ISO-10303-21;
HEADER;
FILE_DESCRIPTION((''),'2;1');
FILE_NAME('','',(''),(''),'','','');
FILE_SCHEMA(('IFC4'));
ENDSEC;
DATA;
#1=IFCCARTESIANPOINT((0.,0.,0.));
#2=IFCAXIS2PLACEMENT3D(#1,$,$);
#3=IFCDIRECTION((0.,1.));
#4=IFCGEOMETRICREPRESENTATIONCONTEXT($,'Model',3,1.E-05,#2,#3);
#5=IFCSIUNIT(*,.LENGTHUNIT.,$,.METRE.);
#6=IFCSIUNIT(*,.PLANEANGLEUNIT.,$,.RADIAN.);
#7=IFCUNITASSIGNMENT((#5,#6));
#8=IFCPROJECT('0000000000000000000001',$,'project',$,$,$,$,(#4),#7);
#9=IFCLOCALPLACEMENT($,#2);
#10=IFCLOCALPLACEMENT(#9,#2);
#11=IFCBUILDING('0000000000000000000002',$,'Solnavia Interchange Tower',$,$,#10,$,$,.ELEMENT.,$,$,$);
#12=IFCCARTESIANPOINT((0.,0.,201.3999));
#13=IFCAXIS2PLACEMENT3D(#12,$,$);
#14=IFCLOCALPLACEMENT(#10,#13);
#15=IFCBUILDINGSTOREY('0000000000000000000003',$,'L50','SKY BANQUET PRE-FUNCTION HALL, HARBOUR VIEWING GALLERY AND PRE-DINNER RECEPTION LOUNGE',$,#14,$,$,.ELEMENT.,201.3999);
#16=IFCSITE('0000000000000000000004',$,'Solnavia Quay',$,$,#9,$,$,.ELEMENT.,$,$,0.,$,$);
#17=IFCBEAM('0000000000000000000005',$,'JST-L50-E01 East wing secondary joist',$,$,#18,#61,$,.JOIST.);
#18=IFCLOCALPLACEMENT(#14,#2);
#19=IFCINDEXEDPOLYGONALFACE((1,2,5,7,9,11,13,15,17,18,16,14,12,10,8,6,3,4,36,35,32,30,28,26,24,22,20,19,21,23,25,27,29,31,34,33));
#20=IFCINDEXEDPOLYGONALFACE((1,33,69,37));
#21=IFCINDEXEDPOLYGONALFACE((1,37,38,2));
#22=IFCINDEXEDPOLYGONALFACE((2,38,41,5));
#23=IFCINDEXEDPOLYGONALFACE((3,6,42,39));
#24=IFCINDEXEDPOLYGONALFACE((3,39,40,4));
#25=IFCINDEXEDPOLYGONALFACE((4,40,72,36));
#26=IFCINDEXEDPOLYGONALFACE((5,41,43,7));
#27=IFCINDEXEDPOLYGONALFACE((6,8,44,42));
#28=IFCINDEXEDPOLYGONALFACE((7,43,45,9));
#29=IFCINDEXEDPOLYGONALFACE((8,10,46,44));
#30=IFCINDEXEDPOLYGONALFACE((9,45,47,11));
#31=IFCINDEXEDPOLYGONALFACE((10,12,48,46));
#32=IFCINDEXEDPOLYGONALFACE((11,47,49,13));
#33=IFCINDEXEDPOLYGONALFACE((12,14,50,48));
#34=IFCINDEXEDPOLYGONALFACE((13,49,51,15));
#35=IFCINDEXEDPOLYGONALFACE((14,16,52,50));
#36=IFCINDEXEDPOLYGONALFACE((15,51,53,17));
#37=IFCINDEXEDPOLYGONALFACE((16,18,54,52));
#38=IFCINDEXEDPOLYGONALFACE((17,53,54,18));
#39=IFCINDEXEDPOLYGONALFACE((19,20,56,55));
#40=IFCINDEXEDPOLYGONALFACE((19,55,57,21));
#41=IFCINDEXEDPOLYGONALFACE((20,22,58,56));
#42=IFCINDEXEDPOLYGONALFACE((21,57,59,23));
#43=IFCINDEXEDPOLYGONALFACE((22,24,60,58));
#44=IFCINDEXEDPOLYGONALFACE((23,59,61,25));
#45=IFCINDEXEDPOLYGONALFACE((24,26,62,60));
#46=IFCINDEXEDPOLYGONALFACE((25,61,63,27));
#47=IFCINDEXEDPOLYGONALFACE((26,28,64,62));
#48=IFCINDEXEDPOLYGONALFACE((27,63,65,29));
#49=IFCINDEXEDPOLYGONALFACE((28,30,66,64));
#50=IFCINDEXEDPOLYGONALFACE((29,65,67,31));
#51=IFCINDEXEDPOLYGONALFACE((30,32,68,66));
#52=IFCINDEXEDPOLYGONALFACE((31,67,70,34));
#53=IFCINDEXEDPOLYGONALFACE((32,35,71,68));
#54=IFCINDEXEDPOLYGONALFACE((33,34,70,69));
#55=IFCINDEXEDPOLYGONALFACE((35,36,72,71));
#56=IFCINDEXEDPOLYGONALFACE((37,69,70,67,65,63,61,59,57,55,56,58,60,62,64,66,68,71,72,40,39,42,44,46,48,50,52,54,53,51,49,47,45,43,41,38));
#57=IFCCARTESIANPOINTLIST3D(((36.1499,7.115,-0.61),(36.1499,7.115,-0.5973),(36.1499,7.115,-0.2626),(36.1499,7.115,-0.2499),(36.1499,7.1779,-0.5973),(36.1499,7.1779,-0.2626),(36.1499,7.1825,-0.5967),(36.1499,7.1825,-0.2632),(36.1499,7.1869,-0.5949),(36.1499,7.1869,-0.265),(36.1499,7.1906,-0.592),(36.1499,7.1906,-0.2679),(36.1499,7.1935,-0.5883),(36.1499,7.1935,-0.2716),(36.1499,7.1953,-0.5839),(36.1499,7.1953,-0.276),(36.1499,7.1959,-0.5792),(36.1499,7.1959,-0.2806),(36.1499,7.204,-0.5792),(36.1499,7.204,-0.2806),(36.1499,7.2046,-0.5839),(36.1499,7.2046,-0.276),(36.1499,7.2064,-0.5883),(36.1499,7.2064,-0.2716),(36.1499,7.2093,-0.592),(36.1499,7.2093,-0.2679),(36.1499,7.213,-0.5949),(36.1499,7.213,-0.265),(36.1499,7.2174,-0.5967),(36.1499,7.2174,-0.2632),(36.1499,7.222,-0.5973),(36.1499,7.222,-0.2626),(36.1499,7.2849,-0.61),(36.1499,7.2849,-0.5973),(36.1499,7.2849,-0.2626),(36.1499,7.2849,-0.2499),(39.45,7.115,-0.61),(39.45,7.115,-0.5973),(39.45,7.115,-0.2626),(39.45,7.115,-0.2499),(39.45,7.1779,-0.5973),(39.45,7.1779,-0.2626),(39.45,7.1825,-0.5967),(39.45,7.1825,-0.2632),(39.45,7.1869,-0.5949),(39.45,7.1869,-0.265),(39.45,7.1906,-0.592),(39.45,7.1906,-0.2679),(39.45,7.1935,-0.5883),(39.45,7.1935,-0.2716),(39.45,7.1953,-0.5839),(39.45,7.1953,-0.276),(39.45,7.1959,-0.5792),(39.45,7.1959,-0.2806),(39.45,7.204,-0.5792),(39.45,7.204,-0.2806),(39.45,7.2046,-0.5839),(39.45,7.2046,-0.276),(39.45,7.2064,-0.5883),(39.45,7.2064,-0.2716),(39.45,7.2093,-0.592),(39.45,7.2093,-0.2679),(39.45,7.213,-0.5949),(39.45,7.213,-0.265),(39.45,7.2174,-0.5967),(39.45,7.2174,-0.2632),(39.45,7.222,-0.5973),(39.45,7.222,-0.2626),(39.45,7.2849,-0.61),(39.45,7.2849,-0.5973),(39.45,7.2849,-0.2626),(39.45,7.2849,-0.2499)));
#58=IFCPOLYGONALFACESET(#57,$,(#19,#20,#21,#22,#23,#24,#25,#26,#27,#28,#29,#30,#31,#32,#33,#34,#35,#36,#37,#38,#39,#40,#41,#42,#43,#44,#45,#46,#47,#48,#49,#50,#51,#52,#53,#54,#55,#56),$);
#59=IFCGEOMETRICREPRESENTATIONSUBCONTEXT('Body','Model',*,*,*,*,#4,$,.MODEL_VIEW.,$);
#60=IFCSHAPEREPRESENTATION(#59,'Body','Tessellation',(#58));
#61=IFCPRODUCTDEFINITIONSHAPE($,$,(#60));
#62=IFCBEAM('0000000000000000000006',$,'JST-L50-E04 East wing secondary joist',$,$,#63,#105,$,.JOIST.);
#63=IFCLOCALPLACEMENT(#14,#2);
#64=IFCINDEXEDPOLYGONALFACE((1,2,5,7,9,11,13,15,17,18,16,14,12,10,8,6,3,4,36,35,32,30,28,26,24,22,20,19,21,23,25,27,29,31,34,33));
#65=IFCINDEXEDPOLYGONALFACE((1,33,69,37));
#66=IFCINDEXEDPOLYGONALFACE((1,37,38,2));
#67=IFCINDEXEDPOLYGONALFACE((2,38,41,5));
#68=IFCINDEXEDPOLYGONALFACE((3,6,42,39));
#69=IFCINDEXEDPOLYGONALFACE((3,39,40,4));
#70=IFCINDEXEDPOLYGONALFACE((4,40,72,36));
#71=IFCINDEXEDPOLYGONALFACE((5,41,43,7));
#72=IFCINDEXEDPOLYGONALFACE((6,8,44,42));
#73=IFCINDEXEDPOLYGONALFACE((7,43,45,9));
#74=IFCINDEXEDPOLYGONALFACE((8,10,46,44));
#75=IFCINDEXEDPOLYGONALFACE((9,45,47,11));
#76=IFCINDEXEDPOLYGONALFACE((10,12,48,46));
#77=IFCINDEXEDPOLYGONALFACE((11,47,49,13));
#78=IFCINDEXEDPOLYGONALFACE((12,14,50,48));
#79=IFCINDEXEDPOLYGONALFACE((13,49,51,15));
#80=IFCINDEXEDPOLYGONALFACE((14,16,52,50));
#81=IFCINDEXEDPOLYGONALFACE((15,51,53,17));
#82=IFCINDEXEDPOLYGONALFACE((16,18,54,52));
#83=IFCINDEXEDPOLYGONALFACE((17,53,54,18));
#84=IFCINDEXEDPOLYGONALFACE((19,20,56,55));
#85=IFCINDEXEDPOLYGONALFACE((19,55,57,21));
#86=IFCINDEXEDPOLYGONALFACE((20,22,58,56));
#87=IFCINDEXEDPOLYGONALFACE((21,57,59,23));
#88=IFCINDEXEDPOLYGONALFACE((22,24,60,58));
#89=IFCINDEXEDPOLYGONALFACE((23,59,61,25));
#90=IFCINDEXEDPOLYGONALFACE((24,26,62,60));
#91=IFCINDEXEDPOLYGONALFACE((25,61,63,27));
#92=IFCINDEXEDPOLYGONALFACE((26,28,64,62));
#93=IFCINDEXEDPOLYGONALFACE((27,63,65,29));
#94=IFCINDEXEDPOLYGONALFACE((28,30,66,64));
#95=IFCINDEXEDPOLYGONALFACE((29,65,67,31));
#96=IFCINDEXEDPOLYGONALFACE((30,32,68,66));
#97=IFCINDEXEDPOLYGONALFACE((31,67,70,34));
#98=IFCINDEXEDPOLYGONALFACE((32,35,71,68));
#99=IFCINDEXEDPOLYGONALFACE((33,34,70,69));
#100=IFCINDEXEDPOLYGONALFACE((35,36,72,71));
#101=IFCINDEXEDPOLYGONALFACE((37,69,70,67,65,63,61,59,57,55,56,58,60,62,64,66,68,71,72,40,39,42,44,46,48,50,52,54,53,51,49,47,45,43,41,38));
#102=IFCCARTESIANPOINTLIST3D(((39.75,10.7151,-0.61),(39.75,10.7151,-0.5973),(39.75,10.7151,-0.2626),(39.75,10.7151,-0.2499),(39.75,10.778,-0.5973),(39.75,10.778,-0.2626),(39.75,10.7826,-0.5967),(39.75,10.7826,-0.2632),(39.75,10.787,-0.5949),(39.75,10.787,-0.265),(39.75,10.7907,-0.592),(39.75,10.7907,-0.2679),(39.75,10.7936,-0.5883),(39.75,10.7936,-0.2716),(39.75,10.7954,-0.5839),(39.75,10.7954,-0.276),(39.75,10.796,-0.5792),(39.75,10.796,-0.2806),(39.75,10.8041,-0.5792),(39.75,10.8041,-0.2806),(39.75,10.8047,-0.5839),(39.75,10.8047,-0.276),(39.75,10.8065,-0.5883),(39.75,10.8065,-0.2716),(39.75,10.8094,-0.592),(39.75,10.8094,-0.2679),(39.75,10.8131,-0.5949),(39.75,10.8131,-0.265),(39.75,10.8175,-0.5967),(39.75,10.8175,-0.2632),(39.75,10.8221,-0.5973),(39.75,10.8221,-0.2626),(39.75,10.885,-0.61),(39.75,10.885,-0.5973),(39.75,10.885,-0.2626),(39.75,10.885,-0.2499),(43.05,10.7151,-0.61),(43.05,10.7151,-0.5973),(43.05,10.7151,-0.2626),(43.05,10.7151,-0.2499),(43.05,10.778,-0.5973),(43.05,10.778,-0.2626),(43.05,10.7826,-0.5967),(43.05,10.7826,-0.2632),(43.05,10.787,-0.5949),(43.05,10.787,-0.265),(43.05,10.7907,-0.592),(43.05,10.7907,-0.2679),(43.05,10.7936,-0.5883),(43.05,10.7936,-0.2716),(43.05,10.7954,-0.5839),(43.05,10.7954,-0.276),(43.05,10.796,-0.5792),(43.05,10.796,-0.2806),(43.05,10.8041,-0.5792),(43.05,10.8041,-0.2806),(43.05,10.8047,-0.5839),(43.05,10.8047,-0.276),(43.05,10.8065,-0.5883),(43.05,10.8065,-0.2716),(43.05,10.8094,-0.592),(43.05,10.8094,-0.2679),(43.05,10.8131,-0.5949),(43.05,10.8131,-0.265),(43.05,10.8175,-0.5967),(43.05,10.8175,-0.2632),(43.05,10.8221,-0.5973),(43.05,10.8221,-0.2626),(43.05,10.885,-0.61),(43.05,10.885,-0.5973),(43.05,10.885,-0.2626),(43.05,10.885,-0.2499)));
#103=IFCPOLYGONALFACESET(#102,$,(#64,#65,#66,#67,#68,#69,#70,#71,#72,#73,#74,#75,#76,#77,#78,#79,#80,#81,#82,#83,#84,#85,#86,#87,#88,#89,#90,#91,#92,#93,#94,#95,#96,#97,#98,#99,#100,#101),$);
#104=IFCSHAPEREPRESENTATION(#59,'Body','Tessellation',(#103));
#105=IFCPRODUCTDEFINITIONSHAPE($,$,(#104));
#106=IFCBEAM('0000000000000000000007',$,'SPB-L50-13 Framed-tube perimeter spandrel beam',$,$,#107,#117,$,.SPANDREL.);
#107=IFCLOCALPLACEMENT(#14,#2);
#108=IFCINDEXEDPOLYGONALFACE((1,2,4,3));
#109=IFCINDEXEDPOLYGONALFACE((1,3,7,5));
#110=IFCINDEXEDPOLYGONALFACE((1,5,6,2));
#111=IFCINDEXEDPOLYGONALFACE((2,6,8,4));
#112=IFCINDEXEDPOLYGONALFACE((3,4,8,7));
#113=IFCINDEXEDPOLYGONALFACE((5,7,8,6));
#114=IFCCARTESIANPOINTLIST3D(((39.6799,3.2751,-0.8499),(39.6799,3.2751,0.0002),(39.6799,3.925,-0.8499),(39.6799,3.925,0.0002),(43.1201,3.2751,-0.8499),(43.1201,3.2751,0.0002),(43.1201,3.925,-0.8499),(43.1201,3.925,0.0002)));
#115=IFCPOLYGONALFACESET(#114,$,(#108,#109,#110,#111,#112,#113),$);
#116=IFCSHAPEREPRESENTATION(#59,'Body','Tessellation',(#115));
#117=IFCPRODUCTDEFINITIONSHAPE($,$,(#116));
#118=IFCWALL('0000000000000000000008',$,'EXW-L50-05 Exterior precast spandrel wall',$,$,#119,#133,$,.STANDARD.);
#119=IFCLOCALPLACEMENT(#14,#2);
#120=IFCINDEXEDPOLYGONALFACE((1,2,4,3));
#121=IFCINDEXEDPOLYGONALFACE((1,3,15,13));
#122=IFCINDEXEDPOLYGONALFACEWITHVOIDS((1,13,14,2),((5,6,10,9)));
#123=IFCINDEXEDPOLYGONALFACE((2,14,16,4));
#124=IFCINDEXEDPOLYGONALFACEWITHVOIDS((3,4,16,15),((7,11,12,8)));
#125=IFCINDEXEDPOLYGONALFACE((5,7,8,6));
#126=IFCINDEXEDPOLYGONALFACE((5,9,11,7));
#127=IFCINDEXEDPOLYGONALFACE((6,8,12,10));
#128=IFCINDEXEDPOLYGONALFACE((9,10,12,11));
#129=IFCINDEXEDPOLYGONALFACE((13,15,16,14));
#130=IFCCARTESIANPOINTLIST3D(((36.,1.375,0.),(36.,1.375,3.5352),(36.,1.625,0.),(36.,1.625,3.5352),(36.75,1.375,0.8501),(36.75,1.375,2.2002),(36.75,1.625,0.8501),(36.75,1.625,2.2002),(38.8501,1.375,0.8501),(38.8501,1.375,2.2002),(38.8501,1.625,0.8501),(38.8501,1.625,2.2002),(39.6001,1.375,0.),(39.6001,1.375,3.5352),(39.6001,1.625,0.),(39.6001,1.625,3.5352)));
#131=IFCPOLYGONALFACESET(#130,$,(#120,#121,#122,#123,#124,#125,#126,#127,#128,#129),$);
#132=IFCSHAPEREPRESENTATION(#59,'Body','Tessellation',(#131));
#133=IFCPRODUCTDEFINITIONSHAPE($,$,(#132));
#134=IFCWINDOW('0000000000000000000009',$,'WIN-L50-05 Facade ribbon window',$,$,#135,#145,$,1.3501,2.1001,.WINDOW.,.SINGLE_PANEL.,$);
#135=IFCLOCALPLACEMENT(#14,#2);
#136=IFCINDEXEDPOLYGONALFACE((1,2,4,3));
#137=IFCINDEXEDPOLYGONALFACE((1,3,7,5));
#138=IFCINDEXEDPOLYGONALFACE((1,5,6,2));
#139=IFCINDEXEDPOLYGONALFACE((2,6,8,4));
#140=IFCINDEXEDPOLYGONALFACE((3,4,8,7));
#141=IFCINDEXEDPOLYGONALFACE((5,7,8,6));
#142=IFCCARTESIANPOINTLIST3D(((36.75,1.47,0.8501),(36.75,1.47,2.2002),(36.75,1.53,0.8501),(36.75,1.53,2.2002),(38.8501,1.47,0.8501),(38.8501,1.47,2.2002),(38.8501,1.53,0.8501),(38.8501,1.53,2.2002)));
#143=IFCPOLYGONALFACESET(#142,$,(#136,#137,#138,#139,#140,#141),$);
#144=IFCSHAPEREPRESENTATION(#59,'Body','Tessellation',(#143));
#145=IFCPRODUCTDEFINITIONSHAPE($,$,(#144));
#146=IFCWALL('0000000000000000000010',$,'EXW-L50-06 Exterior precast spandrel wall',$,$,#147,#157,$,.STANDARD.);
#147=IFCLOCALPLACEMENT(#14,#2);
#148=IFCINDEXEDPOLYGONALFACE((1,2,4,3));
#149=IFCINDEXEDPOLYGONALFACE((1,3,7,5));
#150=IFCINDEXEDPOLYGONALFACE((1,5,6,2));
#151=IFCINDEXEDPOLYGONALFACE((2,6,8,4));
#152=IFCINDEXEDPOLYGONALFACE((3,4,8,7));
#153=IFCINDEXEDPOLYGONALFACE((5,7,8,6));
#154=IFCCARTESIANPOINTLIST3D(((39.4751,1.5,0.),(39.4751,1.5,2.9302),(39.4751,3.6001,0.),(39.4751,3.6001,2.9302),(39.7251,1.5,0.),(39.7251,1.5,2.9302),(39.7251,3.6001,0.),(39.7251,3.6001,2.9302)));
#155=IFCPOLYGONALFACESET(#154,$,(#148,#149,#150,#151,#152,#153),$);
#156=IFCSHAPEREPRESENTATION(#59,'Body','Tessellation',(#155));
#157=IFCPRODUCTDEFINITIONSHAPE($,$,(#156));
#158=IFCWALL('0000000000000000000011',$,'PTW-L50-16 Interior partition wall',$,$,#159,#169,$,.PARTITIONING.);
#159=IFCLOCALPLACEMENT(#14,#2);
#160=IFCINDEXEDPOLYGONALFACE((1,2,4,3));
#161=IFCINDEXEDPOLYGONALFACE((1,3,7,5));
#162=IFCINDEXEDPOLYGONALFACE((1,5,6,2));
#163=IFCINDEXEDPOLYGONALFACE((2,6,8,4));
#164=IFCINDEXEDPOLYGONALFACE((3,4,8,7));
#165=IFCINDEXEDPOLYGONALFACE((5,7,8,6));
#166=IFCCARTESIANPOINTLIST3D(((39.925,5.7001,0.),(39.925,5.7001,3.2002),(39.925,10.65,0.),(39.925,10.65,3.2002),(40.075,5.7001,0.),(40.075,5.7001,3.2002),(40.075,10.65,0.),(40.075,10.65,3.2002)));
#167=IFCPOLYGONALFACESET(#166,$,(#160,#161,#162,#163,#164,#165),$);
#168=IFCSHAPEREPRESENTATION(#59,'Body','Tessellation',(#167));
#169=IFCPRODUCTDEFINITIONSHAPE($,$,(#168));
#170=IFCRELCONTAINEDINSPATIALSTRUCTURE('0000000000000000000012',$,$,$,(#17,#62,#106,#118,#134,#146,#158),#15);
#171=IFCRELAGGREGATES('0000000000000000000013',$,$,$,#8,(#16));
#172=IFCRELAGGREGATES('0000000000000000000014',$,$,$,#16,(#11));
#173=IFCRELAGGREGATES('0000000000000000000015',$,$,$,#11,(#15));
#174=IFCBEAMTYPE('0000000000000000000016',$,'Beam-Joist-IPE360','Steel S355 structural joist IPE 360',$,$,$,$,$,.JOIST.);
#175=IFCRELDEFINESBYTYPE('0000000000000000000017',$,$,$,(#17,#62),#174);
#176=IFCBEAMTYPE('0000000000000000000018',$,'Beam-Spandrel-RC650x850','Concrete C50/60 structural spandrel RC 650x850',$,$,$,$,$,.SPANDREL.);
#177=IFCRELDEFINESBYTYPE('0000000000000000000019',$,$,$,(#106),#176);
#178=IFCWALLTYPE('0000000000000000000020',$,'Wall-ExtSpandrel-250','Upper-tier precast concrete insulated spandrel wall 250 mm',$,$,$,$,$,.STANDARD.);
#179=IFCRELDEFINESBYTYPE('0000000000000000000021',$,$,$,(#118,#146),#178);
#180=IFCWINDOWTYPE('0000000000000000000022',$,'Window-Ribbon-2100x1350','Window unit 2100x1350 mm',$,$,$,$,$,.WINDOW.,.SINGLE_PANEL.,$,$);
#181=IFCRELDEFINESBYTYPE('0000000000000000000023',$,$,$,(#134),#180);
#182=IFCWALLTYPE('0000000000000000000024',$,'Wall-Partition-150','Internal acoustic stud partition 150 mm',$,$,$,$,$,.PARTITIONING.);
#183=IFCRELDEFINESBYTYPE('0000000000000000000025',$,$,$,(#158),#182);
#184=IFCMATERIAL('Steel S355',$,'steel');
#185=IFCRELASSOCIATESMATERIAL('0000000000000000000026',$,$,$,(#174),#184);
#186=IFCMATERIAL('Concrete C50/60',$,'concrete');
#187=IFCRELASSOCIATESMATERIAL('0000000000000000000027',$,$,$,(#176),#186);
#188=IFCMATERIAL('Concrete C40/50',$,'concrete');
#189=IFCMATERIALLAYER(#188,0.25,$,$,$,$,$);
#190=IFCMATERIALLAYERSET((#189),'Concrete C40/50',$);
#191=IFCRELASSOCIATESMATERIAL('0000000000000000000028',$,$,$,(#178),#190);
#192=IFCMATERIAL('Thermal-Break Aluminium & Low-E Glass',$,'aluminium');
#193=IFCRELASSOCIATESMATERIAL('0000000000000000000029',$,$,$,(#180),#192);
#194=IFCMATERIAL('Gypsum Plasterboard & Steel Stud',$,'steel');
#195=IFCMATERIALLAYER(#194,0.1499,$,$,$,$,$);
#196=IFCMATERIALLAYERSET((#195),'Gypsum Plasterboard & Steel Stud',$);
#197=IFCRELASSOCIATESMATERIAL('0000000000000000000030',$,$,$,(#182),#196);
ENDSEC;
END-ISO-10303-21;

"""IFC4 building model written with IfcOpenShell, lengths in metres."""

from ifc_helpers import new_model, si_unit, direction, frame, frame_2d, origin, origin_2d, place, context, subcontext, project, spatial, rectangle, i_section, extrude, material, layer, layer_set, material_profile, profile_set, type_object, element, fill, save


model = new_model("IFC4")

# Units and contexts
model_context = context("Model", 3, precision=1e-05, world=origin(), true_north=direction((0.0, 1.0)))
body_context = subcontext(model_context, "Body", "Model", "MODEL_VIEW")
ifc_project = project(units=[si_unit("LENGTHUNIT", "METRE"), si_unit("PLANEANGLEUNIT", "RADIAN")], contexts=[model_context])

# Site, building, storey
site_placement = place(None, origin())
site = spatial("IfcSite", under=ifc_project, at=site_placement, Name="Solnavia Quay", CompositionType="ELEMENT", RefElevation=0.0)
building_placement = place(site_placement, origin())
building = spatial("IfcBuilding", under=site, at=building_placement, Name="Solnavia Interchange Tower", CompositionType="ELEMENT")
storey_placement = place(building_placement, frame((0.0, 0.0, 201.3999)))
storey = spatial("IfcBuildingStorey", under=building, at=storey_placement, Name="L50", Description="SKY BANQUET PRE-FUNCTION HALL, HARBOUR VIEWING GALLERY AND PRE-DINNER RECEPTION LOUNGE", CompositionType="ELEMENT", Elevation=201.3999)

# Shared definitions
ifc_material_1 = material(Name="Concrete C50/60", Category="concrete")

# Beams
ifc_material_2 = material(Name="Steel S355", Category="steel")
ifc_material_profile_1 = material_profile(ifc_material_2, i_section(OverallWidth=0.1699, OverallDepth=0.3601, WebThickness=0.0081, FlangeThickness=0.0127, FilletRadius=0.0181, at=origin_2d()), Name="IPE 360")
ifc_profile_set_1 = profile_set([ifc_material_profile_1], Name="Steel S355")
beam_type_1 = type_object("IfcBeamType", Name="Beam-Joist-IPE360", Description="Steel S355 structural joist IPE 360", PredefinedType="JOIST", material=ifc_profile_set_1)
for number, where, z_axis, x_axis, name in (
    (1, (36.1499, 7.2, -0.4299), (1.0, 0.0, 0.0), (0.0, 1.0, 0.0), "JST-L50-E01 East wing secondary joist"),
    (2, (39.75, 10.8, -0.4299), (1.0, 0.0, 0.0), (0.0, 1.0, 0.0), "JST-L50-E04 East wing secondary joist"),
):
    element("IfcBeam", number, at=place(storey_placement, frame(where, z_axis=z_axis, x_axis=x_axis)), inside=storey, type_object=beam_type_1, Name=name, PredefinedType="JOIST", context=body_context, shape_type="SweptSolid", body=[
        extrude(i_section(OverallWidth=0.1699, OverallDepth=0.3601, WebThickness=0.0081, FlangeThickness=0.0127, FilletRadius=0.0181, at=origin_2d()), origin(), (0.0, 0.0, 1.0), 3.3),
    ])
ifc_material_profile_2 = material_profile(ifc_material_1, rectangle(XDim=0.6499, YDim=0.8501, at=origin_2d()), Name="RC 650x850")
ifc_profile_set_2 = profile_set([ifc_material_profile_2], Name="Concrete C50/60")
beam_type_2 = type_object("IfcBeamType", Name="Beam-Spandrel-RC650x850", Description="Concrete C50/60 structural spandrel RC 650x850", PredefinedType="SPANDREL", material=ifc_profile_set_2)
beam_1_placement = place(storey_placement, frame((39.6799, 3.6001, -0.4248), z_axis=(1.0, 0.0, 0.0), x_axis=(0.0, 1.0, 0.0)))
element("IfcBeam", 3, at=beam_1_placement, inside=storey, type_object=beam_type_2, Name="SPB-L50-13 Framed-tube perimeter spandrel beam", PredefinedType="SPANDREL", context=body_context, shape_type="SweptSolid", body=[
    extrude(rectangle(XDim=0.6499, YDim=0.8501, at=origin_2d()), origin(), (0.0, 0.0, 1.0), 3.4402),
])

# Wall, opening, window
ifc_material_3 = material(Name="Concrete C40/50", Category="concrete")
ifc_layer_1 = layer(ifc_material_3, 0.25)
ifc_layer_set_1 = layer_set([ifc_layer_1], Name="Concrete C40/50")
wall_type_1 = type_object("IfcWallType", Name="Wall-ExtSpandrel-250", Description="Upper-tier precast concrete insulated spandrel wall 250 mm", PredefinedType="STANDARD", material=ifc_layer_set_1)
wall_1_placement = place(storey_placement, frame((39.6001, 1.5, 0.0), z_axis=(0.0, 0.0, 1.0), x_axis=(-1.0, 0.0, 0.0)))
wall_1 = element("IfcWall", 4, at=wall_1_placement, inside=storey, type_object=wall_type_1, Name="EXW-L50-05 Exterior precast spandrel wall", PredefinedType="STANDARD", context=body_context, shape_type="SweptSolid", body=[
    extrude(rectangle(XDim=3.6001, YDim=0.25, at=frame_2d((1.8, 0.0))), origin(), (0.0, 0.0, 1.0), 3.5352),
])
opening_1_placement = place(wall_1_placement, frame((0.75, 0.0, 0.8501)))
opening_1 = element("IfcOpeningElement", 5, at=opening_1_placement, cuts=wall_1, PredefinedType="OPENING", context=body_context, shape_type="SweptSolid", body=[
    extrude(rectangle(XDim=2.1001, YDim=1.3501, at=frame_2d((1.05, 0.675))), frame((0.0, 0.135, 0.0), z_axis=(0.0, -1.0, 0.0), x_axis=(1.0, 0.0, 0.0)), (0.0, 0.0, 1.0), 0.27),
])
ifc_material_4 = material(Name="Thermal-Break Aluminium & Low-E Glass", Category="aluminium")
window_type = type_object("IfcWindowType", Name="Window-Ribbon-2100x1350", Description="Window unit 2100x1350 mm", PartitioningType="SINGLE_PANEL", PredefinedType="WINDOW", material=ifc_material_4)
window_placement = place(opening_1_placement, origin())
window = element("IfcWindow", 6, at=window_placement, inside=storey, type_object=window_type, Name="WIN-L50-05 Facade ribbon window", OverallHeight=1.3501, OverallWidth=2.1001, PartitioningType="SINGLE_PANEL", PredefinedType="WINDOW", context=body_context, shape_type="SweptSolid", body=[
    extrude(rectangle(XDim=2.1001, YDim=1.3501, at=frame_2d((1.05, 0.675))), frame((0.0, 0.03, 0.0), z_axis=(0.0, -1.0, 0.0), x_axis=(1.0, 0.0, 0.0)), (0.0, 0.0, 1.0), 0.0601),
])
fill(opening_1, window)

# Walls
wall_2_placement = place(storey_placement, frame((39.6001, 3.6001, 0.0), z_axis=(0.0, 0.0, 1.0), x_axis=(0.0, -1.0, 0.0)))
element("IfcWall", 7, at=wall_2_placement, inside=storey, type_object=wall_type_1, Name="EXW-L50-06 Exterior precast spandrel wall", PredefinedType="STANDARD", context=body_context, shape_type="SweptSolid", body=[
    extrude(rectangle(XDim=2.1001, YDim=0.25, at=frame_2d((1.05, 0.0))), origin(), (0.0, 0.0, 1.0), 2.9302),
])
ifc_material_5 = material(Name="Gypsum Plasterboard & Steel Stud", Category="steel")
ifc_layer_2 = layer(ifc_material_5, 0.1499)
ifc_layer_set_2 = layer_set([ifc_layer_2], Name="Gypsum Plasterboard & Steel Stud")
wall_type_2 = type_object("IfcWallType", Name="Wall-Partition-150", Description="Internal acoustic stud partition 150 mm", PredefinedType="PARTITIONING", material=ifc_layer_set_2)
wall_3_placement = place(storey_placement, frame((40.0, 5.7, 0.0), z_axis=(0.0, 0.0, 1.0), x_axis=(0.0, 1.0, 0.0)))
element("IfcWall", 8, at=wall_3_placement, inside=storey, type_object=wall_type_2, Name="PTW-L50-16 Interior partition wall", PredefinedType="PARTITIONING", context=body_context, shape_type="SweptSolid", body=[
    extrude(rectangle(XDim=4.95, YDim=0.1499, at=frame_2d((2.4751, 0.0))), origin(), (0.0, 0.0, 1.0), 3.2002),
])

save(model, "model.ifc")
